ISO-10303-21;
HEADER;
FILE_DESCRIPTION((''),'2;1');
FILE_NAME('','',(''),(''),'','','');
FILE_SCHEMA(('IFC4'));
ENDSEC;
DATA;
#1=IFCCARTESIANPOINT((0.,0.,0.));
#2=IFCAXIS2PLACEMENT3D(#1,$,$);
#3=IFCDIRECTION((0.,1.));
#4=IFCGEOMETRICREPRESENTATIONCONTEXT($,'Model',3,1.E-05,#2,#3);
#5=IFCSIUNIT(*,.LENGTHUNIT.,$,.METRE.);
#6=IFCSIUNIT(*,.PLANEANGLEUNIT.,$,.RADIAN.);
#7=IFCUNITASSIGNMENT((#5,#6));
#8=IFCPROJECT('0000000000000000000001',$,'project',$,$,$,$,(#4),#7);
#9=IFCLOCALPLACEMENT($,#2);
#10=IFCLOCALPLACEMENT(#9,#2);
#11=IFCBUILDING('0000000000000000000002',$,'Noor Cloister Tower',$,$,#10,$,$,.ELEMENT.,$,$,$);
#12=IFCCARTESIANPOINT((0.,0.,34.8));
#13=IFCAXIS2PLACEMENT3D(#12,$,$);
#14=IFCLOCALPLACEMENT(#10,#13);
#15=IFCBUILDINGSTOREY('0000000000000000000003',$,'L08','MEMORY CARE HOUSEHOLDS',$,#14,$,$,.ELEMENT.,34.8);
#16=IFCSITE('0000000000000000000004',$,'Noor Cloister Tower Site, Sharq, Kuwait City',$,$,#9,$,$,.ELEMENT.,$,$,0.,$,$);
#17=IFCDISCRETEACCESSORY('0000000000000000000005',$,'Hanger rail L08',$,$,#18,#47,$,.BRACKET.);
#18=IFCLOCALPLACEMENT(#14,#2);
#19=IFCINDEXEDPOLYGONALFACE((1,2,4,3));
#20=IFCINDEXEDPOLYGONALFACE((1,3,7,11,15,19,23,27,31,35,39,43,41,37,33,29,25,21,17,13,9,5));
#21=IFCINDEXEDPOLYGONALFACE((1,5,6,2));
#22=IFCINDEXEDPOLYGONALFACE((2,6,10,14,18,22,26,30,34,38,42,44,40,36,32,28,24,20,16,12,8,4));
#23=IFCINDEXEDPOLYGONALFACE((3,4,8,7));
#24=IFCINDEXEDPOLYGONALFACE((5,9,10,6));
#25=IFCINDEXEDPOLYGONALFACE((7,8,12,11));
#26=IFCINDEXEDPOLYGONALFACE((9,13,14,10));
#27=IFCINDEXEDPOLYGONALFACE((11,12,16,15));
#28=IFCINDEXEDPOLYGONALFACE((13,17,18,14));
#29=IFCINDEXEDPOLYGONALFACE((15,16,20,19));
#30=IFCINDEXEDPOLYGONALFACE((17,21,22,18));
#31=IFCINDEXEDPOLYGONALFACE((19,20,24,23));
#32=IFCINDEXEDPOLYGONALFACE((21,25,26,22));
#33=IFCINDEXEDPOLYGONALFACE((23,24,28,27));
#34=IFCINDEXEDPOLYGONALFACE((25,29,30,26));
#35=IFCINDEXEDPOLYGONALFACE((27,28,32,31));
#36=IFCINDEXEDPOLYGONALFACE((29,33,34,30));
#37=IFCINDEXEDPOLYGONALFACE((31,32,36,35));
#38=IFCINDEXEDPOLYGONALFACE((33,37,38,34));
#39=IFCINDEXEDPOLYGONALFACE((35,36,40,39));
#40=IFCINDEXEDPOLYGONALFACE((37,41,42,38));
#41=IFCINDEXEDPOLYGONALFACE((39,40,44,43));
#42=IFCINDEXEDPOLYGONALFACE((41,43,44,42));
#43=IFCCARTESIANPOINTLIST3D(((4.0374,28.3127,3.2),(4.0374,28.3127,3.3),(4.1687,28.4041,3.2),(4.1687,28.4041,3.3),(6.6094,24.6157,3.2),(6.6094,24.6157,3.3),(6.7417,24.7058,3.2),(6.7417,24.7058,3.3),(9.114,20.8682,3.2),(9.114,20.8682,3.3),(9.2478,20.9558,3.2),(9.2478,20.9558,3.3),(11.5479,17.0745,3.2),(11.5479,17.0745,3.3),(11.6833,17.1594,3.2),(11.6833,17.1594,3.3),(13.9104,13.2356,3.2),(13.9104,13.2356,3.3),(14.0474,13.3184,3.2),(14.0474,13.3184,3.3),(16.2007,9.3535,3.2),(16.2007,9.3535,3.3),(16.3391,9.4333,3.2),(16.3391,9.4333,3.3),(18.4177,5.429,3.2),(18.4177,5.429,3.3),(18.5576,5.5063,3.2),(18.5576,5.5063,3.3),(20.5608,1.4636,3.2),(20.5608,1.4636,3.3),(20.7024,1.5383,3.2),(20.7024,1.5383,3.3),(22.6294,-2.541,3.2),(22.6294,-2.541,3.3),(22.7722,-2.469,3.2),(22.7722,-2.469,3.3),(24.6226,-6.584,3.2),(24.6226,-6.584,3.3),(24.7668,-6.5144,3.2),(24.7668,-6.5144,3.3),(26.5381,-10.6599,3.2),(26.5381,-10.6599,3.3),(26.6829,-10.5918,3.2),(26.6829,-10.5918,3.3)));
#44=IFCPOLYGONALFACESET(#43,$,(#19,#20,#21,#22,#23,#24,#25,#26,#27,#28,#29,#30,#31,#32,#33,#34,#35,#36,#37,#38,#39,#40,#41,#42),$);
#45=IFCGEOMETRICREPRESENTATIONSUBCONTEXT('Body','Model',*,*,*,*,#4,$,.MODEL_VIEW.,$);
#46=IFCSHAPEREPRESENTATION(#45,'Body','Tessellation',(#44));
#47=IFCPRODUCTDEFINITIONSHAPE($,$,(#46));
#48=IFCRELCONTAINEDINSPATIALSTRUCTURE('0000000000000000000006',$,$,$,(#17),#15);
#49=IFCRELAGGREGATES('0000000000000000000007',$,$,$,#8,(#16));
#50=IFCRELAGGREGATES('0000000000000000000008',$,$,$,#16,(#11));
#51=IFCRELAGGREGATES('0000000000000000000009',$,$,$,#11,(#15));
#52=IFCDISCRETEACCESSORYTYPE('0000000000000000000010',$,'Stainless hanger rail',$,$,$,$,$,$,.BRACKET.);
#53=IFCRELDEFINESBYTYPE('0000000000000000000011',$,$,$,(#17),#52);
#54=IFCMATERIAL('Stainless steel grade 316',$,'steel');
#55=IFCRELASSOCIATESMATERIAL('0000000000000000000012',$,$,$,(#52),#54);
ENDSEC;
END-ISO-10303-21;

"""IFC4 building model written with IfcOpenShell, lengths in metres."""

from ifc_helpers import new_model, si_unit, direction, frame, origin, place, context, subcontext, project, spatial, polyline, outline, extrude, material, type_object, element, save


model = new_model("IFC4")

# Units and contexts
model_context = context("Model", 3, precision=1e-05, world=origin(), true_north=direction((0.0, 1.0)))
body_context = subcontext(model_context, "Body", "Model", "MODEL_VIEW")
ifc_project = project(units=[si_unit("LENGTHUNIT", "METRE"), si_unit("PLANEANGLEUNIT", "RADIAN")], contexts=[model_context])

# Site, building, storey
site_placement = place(None, origin())
site = spatial("IfcSite", under=ifc_project, at=site_placement, Name="Noor Cloister Tower Site, Sharq, Kuwait City", CompositionType="ELEMENT", RefElevation=0.0)
building_placement = place(site_placement, origin())
building = spatial("IfcBuilding", under=site, at=building_placement, Name="Noor Cloister Tower", CompositionType="ELEMENT")
storey_placement = place(building_placement, frame((0.0, 0.0, 34.8)))
storey = spatial("IfcBuildingStorey", under=building, at=storey_placement, Name="L08", Description="MEMORY CARE HOUSEHOLDS", CompositionType="ELEMENT", Elevation=34.8)

# Discrete accessory
ifc_material_1 = material(Name="Stainless steel grade 316", Category="steel")
discrete_accessory_type = type_object("IfcDiscreteAccessoryType", Name="Stainless hanger rail", PredefinedType="BRACKET", material=ifc_material_1)
discrete_accessory_1_placement = place(storey_placement, frame((0.0, 0.0, 3.2)))
element("IfcDiscreteAccessory", 1, at=discrete_accessory_1_placement, inside=storey, type_object=discrete_accessory_type, Name="Hanger rail L08", PredefinedType="BRACKET", context=body_context, shape_type="SweptSolid", body=[
    extrude(outline(polyline([(26.6829, -10.5918), (24.7668, -6.5144), (22.7722, -2.469), (20.7024, 1.5383), (18.5576, 5.5063), (16.3391, 9.4333), (14.0474, 13.3184), (11.6833, 17.1594), (9.2478, 20.9558), (6.7417, 24.7058), (4.1687, 28.4041), (4.0374, 28.3127), (6.6094, 24.6157), (9.114, 20.8682), (11.5479, 17.0745), (13.9104, 13.2356), (16.2007, 9.3535), (18.4177, 5.429), (20.5608, 1.4636), (22.6294, -2.541), (24.6226, -6.584), (26.5381, -10.6599), (26.6829, -10.5918)])), origin(), (0.0, 0.0, 1.0), 0.1001),
])

save(model, "model.ifc")
